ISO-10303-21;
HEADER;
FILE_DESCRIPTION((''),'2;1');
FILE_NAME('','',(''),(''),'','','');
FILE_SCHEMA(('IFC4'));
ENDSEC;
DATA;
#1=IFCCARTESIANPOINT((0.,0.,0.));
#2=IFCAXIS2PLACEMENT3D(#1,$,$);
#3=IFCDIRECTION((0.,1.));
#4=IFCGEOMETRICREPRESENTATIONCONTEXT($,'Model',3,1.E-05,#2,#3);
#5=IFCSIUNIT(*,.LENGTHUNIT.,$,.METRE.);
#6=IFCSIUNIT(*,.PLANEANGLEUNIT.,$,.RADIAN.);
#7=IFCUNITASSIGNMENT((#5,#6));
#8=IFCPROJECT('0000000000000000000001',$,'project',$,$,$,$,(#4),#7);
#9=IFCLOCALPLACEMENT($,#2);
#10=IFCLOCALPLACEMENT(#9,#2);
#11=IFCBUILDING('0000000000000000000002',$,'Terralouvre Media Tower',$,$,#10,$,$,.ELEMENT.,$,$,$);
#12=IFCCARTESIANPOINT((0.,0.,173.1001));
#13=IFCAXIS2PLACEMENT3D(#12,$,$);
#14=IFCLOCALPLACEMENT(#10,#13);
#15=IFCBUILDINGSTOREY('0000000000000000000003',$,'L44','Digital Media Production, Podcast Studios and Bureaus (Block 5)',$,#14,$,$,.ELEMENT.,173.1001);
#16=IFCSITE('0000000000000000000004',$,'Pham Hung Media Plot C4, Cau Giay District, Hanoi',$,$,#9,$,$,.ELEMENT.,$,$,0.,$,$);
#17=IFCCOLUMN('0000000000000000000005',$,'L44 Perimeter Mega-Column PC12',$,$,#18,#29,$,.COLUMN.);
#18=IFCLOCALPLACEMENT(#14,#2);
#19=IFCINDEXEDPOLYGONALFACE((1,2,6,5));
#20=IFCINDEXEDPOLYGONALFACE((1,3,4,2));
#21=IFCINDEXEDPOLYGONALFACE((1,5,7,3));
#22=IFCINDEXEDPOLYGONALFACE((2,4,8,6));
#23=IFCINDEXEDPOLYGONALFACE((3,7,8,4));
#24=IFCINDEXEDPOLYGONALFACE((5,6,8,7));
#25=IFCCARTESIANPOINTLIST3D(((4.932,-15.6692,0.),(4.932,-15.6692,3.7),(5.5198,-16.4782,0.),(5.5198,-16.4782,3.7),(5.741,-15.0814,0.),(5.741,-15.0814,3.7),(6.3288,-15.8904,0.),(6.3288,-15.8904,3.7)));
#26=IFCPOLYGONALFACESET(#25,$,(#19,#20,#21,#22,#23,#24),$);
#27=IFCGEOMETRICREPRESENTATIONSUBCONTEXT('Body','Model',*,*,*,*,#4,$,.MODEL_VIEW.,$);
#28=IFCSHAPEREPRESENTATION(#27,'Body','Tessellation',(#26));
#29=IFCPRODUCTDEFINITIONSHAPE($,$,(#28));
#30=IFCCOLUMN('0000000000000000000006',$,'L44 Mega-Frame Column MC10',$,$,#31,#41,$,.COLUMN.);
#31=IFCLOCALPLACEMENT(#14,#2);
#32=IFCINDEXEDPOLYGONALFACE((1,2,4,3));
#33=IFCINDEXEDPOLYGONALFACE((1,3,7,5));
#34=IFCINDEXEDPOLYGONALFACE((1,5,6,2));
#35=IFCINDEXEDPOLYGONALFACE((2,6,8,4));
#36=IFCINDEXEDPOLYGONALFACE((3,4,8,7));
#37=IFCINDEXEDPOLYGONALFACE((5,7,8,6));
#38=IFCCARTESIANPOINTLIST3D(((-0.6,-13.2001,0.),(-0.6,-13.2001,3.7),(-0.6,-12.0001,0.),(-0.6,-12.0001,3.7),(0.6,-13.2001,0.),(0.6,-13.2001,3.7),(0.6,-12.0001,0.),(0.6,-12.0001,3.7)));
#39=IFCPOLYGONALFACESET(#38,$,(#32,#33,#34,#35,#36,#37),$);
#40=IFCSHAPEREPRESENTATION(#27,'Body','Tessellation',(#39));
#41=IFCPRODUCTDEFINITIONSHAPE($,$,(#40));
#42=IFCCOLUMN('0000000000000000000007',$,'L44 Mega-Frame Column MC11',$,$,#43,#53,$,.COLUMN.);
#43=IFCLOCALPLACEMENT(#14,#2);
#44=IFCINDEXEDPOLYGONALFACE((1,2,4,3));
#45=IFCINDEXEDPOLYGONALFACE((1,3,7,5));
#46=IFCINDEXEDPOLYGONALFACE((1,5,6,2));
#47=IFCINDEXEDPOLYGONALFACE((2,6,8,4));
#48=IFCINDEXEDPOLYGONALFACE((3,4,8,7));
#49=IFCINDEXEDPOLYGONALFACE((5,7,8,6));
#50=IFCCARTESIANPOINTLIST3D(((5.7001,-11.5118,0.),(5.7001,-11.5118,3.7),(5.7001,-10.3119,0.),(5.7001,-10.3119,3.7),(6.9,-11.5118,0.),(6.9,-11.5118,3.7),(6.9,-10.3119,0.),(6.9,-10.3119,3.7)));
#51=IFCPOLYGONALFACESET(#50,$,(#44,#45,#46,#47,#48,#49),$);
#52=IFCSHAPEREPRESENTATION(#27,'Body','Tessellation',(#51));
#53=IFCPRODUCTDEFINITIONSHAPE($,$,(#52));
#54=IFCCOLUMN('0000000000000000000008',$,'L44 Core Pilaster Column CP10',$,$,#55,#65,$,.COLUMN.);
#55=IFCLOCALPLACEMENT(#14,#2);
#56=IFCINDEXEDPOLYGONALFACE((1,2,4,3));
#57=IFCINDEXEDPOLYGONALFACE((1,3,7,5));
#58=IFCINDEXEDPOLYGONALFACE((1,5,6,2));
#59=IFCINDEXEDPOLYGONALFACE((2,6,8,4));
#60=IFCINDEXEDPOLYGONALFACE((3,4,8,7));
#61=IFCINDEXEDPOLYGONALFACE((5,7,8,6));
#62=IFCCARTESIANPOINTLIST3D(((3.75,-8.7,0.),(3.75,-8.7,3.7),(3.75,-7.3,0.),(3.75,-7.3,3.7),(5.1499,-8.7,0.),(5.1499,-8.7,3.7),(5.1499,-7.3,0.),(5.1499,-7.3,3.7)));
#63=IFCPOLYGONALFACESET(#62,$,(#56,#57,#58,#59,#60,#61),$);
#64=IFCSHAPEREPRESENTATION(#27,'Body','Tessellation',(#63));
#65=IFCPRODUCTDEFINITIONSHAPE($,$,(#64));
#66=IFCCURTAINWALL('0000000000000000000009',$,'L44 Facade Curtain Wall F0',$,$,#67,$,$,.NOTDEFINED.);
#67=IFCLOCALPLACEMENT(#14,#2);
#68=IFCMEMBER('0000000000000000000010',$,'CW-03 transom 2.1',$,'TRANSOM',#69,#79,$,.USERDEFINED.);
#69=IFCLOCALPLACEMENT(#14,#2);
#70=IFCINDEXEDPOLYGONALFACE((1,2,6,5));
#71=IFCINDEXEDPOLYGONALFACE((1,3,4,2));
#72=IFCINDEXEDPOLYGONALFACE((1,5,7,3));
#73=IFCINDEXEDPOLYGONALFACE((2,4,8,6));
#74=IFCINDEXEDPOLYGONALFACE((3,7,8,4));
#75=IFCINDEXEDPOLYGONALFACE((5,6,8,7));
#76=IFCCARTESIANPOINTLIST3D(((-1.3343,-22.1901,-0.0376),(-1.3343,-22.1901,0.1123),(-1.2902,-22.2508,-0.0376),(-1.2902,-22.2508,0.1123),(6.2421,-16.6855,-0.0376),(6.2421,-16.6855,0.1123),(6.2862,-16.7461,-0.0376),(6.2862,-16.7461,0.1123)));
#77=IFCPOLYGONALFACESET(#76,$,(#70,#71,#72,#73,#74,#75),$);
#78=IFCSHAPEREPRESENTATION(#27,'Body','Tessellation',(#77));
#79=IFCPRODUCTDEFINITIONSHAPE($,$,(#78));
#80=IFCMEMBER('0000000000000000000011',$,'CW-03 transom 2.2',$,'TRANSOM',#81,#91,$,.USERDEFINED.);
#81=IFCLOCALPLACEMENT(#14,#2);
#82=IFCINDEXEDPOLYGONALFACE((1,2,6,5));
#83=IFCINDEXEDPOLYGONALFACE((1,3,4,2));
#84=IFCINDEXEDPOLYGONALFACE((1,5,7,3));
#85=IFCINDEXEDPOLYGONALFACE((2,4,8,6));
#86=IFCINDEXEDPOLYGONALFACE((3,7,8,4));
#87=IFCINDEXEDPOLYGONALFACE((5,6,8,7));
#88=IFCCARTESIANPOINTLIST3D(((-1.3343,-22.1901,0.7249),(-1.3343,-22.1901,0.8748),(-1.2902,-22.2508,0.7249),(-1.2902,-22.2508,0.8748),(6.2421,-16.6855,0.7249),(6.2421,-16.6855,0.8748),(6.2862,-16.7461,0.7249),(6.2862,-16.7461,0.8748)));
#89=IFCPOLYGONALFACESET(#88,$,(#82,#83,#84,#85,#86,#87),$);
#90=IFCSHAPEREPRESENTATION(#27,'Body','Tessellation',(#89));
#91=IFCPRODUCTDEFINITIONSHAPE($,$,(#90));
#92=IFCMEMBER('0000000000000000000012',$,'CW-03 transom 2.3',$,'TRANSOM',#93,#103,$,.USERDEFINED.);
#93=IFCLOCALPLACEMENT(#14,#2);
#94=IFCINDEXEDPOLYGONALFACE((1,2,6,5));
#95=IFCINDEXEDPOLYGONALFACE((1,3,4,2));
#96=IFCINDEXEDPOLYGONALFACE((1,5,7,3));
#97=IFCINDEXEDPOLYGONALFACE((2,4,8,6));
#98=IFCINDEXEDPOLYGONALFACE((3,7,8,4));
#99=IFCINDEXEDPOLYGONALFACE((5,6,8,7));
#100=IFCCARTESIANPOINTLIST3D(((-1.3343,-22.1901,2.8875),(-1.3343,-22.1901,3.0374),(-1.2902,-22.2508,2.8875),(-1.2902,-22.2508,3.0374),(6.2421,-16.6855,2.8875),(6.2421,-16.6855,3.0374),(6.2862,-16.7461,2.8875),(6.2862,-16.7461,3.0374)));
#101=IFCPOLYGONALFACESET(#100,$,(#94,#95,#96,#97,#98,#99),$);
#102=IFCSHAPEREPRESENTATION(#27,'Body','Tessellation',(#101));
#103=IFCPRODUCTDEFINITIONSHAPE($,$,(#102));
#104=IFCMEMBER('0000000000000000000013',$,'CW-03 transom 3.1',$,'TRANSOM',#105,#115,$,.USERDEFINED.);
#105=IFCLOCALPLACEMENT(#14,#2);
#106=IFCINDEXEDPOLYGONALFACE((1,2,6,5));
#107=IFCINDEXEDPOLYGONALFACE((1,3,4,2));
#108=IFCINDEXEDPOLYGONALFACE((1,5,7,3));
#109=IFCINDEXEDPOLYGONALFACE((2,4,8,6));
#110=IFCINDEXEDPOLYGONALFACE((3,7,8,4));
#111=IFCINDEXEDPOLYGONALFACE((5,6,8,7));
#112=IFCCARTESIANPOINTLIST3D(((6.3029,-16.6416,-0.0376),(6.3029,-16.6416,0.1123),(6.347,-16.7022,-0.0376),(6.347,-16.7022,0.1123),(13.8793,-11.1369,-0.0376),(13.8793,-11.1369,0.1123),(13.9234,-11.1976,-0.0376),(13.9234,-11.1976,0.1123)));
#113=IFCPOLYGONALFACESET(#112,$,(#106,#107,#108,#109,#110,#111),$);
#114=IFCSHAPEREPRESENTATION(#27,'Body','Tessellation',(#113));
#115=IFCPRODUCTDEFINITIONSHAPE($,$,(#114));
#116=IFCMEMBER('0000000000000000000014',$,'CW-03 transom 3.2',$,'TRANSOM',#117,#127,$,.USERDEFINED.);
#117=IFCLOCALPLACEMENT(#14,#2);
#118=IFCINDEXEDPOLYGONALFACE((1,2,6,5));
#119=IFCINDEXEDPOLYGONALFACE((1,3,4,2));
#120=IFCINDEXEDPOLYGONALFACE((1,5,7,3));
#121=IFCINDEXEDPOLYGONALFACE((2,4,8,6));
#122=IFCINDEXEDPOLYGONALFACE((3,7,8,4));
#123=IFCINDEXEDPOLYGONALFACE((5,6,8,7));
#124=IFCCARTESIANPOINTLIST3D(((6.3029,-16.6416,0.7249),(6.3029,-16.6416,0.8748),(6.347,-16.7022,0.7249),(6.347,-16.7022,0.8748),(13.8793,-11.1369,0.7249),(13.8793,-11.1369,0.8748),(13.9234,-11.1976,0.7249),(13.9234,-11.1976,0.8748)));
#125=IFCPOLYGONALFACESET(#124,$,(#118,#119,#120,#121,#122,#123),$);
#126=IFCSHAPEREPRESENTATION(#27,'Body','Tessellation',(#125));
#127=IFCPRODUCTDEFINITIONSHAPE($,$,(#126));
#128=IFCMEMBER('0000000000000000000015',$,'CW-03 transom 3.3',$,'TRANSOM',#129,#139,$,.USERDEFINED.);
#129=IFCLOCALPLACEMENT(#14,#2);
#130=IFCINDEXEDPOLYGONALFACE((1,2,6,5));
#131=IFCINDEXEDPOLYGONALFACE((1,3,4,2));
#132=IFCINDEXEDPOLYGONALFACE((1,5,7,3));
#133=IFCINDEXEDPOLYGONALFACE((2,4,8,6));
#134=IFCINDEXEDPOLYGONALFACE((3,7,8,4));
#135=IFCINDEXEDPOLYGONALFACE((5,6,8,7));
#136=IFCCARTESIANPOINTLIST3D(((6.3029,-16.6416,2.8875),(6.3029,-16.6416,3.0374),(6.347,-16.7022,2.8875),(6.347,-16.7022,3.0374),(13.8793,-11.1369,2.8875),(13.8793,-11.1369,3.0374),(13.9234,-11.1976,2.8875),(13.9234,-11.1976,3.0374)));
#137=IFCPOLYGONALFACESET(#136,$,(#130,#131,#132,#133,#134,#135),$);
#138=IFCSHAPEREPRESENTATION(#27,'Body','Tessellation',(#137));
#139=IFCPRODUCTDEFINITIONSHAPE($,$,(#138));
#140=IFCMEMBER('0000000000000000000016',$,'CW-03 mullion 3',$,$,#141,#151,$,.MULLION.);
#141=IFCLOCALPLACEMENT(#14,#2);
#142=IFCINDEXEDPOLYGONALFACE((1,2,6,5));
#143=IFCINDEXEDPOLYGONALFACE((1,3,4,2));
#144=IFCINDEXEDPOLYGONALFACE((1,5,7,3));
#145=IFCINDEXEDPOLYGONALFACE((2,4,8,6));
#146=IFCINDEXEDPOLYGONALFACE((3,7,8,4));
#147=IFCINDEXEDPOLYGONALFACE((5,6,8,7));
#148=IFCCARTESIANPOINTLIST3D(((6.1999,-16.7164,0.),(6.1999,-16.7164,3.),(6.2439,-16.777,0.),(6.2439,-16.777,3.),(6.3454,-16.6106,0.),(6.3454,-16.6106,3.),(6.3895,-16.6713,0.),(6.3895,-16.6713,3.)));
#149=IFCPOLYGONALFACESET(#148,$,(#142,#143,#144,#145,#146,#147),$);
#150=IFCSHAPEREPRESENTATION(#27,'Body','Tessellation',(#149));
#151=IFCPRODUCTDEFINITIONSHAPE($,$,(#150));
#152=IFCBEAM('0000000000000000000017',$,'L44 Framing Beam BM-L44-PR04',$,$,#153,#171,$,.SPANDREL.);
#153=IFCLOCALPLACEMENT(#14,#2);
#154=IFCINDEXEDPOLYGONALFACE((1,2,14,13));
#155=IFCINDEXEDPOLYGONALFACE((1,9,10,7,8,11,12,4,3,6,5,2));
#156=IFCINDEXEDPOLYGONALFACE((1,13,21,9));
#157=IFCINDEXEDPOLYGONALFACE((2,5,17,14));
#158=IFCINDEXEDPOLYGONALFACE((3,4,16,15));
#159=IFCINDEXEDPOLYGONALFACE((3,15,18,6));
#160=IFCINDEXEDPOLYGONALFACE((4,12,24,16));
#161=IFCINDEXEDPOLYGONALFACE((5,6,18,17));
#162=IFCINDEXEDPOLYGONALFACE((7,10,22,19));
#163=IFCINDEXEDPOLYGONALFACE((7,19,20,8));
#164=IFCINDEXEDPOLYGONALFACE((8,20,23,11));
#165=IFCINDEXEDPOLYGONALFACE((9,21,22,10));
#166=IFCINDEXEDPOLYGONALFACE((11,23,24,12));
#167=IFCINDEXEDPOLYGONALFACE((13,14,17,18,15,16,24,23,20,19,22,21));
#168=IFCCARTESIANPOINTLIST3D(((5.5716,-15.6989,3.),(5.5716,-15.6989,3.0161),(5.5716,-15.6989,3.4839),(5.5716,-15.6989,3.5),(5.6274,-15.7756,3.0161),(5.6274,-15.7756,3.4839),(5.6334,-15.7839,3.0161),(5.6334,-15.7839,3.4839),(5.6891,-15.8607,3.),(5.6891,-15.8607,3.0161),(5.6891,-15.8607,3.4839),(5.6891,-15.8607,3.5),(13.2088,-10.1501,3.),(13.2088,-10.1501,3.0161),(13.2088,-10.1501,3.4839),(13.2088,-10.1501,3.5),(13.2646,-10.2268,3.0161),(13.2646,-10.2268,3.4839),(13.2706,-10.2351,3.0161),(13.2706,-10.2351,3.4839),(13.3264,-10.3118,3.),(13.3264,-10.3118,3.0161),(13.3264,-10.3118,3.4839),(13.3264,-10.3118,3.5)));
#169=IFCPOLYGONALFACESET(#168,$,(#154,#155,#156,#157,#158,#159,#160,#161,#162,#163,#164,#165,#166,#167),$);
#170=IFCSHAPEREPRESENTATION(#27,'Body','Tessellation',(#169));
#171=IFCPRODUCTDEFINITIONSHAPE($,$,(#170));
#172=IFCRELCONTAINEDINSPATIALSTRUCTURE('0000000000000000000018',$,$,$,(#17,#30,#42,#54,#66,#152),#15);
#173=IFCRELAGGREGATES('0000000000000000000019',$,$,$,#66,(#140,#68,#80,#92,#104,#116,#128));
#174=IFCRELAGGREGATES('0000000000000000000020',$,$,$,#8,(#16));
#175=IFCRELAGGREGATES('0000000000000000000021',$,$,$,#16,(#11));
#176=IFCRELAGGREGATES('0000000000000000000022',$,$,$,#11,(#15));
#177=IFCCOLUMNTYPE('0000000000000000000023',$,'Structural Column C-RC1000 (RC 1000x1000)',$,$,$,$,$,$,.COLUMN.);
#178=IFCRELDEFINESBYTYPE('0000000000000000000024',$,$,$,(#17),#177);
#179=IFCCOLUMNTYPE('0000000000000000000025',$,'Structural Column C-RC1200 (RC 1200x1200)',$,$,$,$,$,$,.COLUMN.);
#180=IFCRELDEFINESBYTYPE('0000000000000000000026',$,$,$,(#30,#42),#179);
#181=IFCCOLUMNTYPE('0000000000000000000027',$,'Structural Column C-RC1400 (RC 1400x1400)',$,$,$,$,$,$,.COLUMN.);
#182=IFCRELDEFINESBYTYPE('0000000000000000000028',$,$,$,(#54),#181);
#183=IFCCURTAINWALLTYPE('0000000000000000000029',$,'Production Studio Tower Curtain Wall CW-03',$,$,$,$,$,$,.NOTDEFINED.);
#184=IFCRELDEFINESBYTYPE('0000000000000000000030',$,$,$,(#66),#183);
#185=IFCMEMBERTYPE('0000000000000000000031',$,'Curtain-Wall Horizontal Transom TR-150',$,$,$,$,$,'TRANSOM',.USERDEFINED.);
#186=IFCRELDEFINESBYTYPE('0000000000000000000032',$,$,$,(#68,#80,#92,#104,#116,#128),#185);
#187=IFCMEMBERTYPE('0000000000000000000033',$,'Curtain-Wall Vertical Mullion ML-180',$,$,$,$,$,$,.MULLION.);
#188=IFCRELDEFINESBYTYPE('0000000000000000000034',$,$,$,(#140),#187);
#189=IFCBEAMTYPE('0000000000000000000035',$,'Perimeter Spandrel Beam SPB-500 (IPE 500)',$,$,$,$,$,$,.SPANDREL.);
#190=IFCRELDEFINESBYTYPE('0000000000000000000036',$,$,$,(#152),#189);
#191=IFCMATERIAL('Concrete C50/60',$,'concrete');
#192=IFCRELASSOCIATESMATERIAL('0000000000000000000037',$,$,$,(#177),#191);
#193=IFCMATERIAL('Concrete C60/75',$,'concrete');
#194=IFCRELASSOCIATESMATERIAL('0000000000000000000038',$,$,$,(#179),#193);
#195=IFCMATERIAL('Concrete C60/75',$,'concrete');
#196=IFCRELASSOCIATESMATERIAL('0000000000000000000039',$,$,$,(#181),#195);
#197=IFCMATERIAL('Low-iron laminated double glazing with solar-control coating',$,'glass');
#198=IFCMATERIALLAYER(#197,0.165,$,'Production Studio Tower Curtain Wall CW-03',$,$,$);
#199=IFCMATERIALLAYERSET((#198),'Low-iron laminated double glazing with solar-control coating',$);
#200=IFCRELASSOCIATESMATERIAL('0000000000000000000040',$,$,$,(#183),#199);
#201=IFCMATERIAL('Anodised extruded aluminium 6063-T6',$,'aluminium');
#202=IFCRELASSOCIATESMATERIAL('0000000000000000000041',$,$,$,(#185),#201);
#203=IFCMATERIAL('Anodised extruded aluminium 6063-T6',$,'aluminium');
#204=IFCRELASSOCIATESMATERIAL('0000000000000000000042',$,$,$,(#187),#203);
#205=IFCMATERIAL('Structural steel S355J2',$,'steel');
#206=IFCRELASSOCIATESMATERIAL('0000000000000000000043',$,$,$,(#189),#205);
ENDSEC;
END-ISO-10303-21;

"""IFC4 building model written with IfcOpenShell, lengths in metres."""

from ifc_helpers import new_model, si_unit, direction, frame, origin, origin_2d, place, context, subcontext, project, spatial, rectangle, i_section, extrude, material, layer, layer_set, material_profile, profile_set, type_object, element, aggregate, save


model = new_model("IFC4")

# Units and contexts
model_context = context("Model", 3, precision=1e-05, world=origin(), true_north=direction((0.0, 1.0)))
body_context = subcontext(model_context, "Body", "Model", "MODEL_VIEW")
ifc_project = project(units=[si_unit("LENGTHUNIT", "METRE"), si_unit("PLANEANGLEUNIT", "RADIAN")], contexts=[model_context])

# Site, building, storey
site_placement = place(None, origin())
site = spatial("IfcSite", under=ifc_project, at=site_placement, Name="Pham Hung Media Plot C4, Cau Giay District, Hanoi", CompositionType="ELEMENT", RefElevation=0.0)
building_placement = place(site_placement, origin())
building = spatial("IfcBuilding", under=site, at=building_placement, Name="Terralouvre Media Tower", CompositionType="ELEMENT")
storey_placement = place(building_placement, frame((0.0, 0.0, 173.1001)))
storey = spatial("IfcBuildingStorey", under=building, at=storey_placement, Name="L44", Description="Digital Media Production, Podcast Studios and Bureaus (Block 5)", CompositionType="ELEMENT", Elevation=173.1001)

# Columns
ifc_material_1 = material(Name="Concrete C50/60", Category="concrete")
ifc_material_profile_1 = material_profile(ifc_material_1, rectangle(XDim=1.0, YDim=1.0, at=origin_2d()), Name="RC 1000x1000")
ifc_profile_set_1 = profile_set([ifc_material_profile_1], Name="Concrete C50/60")
column_type_1 = type_object("IfcColumnType", Name="Structural Column C-RC1000 (RC 1000x1000)", PredefinedType="COLUMN", material=ifc_profile_set_1)
column_1_placement = place(storey_placement, frame((5.6304, -15.7798, 0.0), z_axis=(0.0, 0.0, 1.0), x_axis=(0.809017, 0.587785, 0.0)))
element("IfcColumn", 1, at=column_1_placement, inside=storey, type_object=column_type_1, Name="L44 Perimeter Mega-Column PC12", PredefinedType="COLUMN", context=body_context, shape_type="SweptSolid", body=[
    extrude(rectangle(XDim=1.0, YDim=1.0, at=origin_2d()), origin(), (0.0, 0.0, 1.0), 3.7),
])
ifc_material_2 = material(Name="Concrete C60/75", Category="concrete")
ifc_material_profile_2 = material_profile(ifc_material_2, rectangle(XDim=1.2, YDim=1.2, at=origin_2d()), Name="RC 1200x1200")
ifc_profile_set_2 = profile_set([ifc_material_profile_2], Name="Concrete C60/75")
column_type_2 = type_object("IfcColumnType", Name="Structural Column C-RC1200 (RC 1200x1200)", PredefinedType="COLUMN", material=ifc_profile_set_2)
for number, where, z_axis, x_axis, name in (
    (2, (0.0, -12.6001, 0.0), (0.0, 0.0, 1.0), (1.0, 0.0, 0.0), "L44 Mega-Frame Column MC10"),
    (3, (6.3, -10.9119, 0.0), (0.0, 0.0, 1.0), (1.0, 0.0, 0.0), "L44 Mega-Frame Column MC11"),
):
    element("IfcColumn", number, at=place(storey_placement, frame(where, z_axis=z_axis, x_axis=x_axis)), inside=storey, type_object=column_type_2, Name=name, PredefinedType="COLUMN", context=body_context, shape_type="SweptSolid", body=[
        extrude(rectangle(XDim=1.2, YDim=1.2, at=origin_2d()), origin(), (0.0, 0.0, 1.0), 3.7),
    ])
ifc_material_3 = material(Name="Concrete C60/75", Category="concrete")
ifc_material_profile_3 = material_profile(ifc_material_3, rectangle(XDim=1.3999, YDim=1.3999, at=origin_2d()), Name="RC 1400x1400")
ifc_profile_set_3 = profile_set([ifc_material_profile_3], Name="Concrete C60/75")
column_type_3 = type_object("IfcColumnType", Name="Structural Column C-RC1400 (RC 1400x1400)", PredefinedType="COLUMN", material=ifc_profile_set_3)
column_2_placement = place(storey_placement, frame((4.45, -8.0, 0.0), z_axis=(0.0, 0.0, 1.0), x_axis=(1.0, 0.0, 0.0)))
element("IfcColumn", 4, at=column_2_placement, inside=storey, type_object=column_type_3, Name="L44 Core Pilaster Column CP10", PredefinedType="COLUMN", context=body_context, shape_type="SweptSolid", body=[
    extrude(rectangle(XDim=1.3999, YDim=1.3999, at=origin_2d()), origin(), (0.0, 0.0, 1.0), 3.7),
])

# Curtain wall, members
ifc_material_4 = material(Name="Low-iron laminated double glazing with solar-control coating", Category="glass")
ifc_layer_1 = layer(ifc_material_4, 0.165, Name="Production Studio Tower Curtain Wall CW-03")
ifc_layer_set_1 = layer_set([ifc_layer_1], Name="Low-iron laminated double glazing with solar-control coating")
curtain_wall_type = type_object("IfcCurtainWallType", Name="Production Studio Tower Curtain Wall CW-03", PredefinedType="NOTDEFINED", material=ifc_layer_set_1)
curtain_wall_placement = place(storey_placement, origin())
curtain_wall = element("IfcCurtainWall", 5, at=curtain_wall_placement, inside=storey, type_object=curtain_wall_type, Name="L44 Facade Curtain Wall F0", PredefinedType="NOTDEFINED")
ifc_material_5 = material(Name="Anodised extruded aluminium 6063-T6", Category="aluminium")
ifc_material_profile_4 = material_profile(ifc_material_5, rectangle(XDim=0.075, YDim=0.1499, at=origin_2d()), Name="ALU 75x150")
ifc_profile_set_4 = profile_set([ifc_material_profile_4], Name="Anodised extruded aluminium 6063-T6")
member_type_1 = type_object("IfcMemberType", Name="Curtain-Wall Horizontal Transom TR-150", ElementType="TRANSOM", PredefinedType="USERDEFINED", material=ifc_profile_set_4)
member_1_placement = place(storey_placement, frame((-1.3123, -22.2205, 0.0374), z_axis=(0.809014, 0.587789, 0.0), x_axis=(-0.587789, 0.809014, 0.0)))
member_1 = element("IfcMember", 6, at=member_1_placement, type_object=member_type_1, Name="CW-03 transom 2.1", ObjectType="TRANSOM", PredefinedType="USERDEFINED", context=body_context, shape_type="SweptSolid", body=[
    extrude(rectangle(XDim=0.075, YDim=0.1499, at=origin_2d()), origin(), (0.0, 0.0, 1.0), 9.365),
])
member_2_placement = place(storey_placement, frame((-1.3123, -22.2205, 0.7998), z_axis=(0.809014, 0.587789, 0.0), x_axis=(-0.587789, 0.809014, 0.0)))
member_2 = element("IfcMember", 7, at=member_2_placement, type_object=member_type_1, Name="CW-03 transom 2.2", ObjectType="TRANSOM", PredefinedType="USERDEFINED", context=body_context, shape_type="SweptSolid", body=[
    extrude(rectangle(XDim=0.075, YDim=0.1499, at=origin_2d()), origin(), (0.0, 0.0, 1.0), 9.365),
])
member_3_placement = place(storey_placement, frame((-1.3123, -22.2205, 2.9624), z_axis=(0.809014, 0.587789, 0.0), x_axis=(-0.587789, 0.809014, 0.0)))
member_3 = element("IfcMember", 8, at=member_3_placement, type_object=member_type_1, Name="CW-03 transom 2.3", ObjectType="TRANSOM", PredefinedType="USERDEFINED", context=body_context, shape_type="SweptSolid", body=[
    extrude(rectangle(XDim=0.075, YDim=0.1499, at=origin_2d()), origin(), (0.0, 0.0, 1.0), 9.365),
])
member_4_placement = place(storey_placement, frame((6.325, -16.6719, 0.0374), z_axis=(0.809014, 0.587789, 0.0), x_axis=(-0.587789, 0.809014, 0.0)))
member_4 = element("IfcMember", 9, at=member_4_placement, type_object=member_type_1, Name="CW-03 transom 3.1", ObjectType="TRANSOM", PredefinedType="USERDEFINED", context=body_context, shape_type="SweptSolid", body=[
    extrude(rectangle(XDim=0.075, YDim=0.1499, at=origin_2d()), origin(), (0.0, 0.0, 1.0), 9.365),
])
member_5_placement = place(storey_placement, frame((6.325, -16.6719, 0.7998), z_axis=(0.809014, 0.587789, 0.0), x_axis=(-0.587789, 0.809014, 0.0)))
member_5 = element("IfcMember", 10, at=member_5_placement, type_object=member_type_1, Name="CW-03 transom 3.2", ObjectType="TRANSOM", PredefinedType="USERDEFINED", context=body_context, shape_type="SweptSolid", body=[
    extrude(rectangle(XDim=0.075, YDim=0.1499, at=origin_2d()), origin(), (0.0, 0.0, 1.0), 9.365),
])
member_6_placement = place(storey_placement, frame((6.325, -16.6719, 2.9624), z_axis=(0.809014, 0.587789, 0.0), x_axis=(-0.587789, 0.809014, 0.0)))
member_6 = element("IfcMember", 11, at=member_6_placement, type_object=member_type_1, Name="CW-03 transom 3.3", ObjectType="TRANSOM", PredefinedType="USERDEFINED", context=body_context, shape_type="SweptSolid", body=[
    extrude(rectangle(XDim=0.075, YDim=0.1499, at=origin_2d()), origin(), (0.0, 0.0, 1.0), 9.365),
])
ifc_material_6 = material(Name="Anodised extruded aluminium 6063-T6", Category="aluminium")
ifc_material_profile_5 = material_profile(ifc_material_6, rectangle(XDim=0.075, YDim=0.1799, at=origin_2d()), Name="ALU 75x180")
ifc_profile_set_5 = profile_set([ifc_material_profile_5], Name="Anodised extruded aluminium 6063-T6")
member_type_2 = type_object("IfcMemberType", Name="Curtain-Wall Vertical Mullion ML-180", PredefinedType="MULLION", material=ifc_profile_set_5)
member_7_placement = place(storey_placement, frame((6.2947, -16.6938, 0.0), z_axis=(0.0, 0.0, 1.0), x_axis=(-0.587785, 0.809017, 0.0)))
member_7 = element("IfcMember", 12, at=member_7_placement, type_object=member_type_2, Name="CW-03 mullion 3", PredefinedType="MULLION", context=body_context, shape_type="SweptSolid", body=[
    extrude(rectangle(XDim=0.075, YDim=0.1799, at=origin_2d()), origin(), (0.0, 0.0, 1.0), 3.0),
])

# Beam
ifc_material_7 = material(Name="Structural steel S355J2", Category="steel")
ifc_material_profile_6 = material_profile(ifc_material_7, i_section(OverallWidth=0.2, OverallDepth=0.5, WebThickness=0.0103, FlangeThickness=0.0161, at=origin_2d()), Name="IPE 500")
ifc_profile_set_6 = profile_set([ifc_material_profile_6], Name="Structural steel S355J2")
beam_type_1 = type_object("IfcBeamType", Name="Perimeter Spandrel Beam SPB-500 (IPE 500)", PredefinedType="SPANDREL", material=ifc_profile_set_6)
beam_1_placement = place(storey_placement, frame((5.6304, -15.7798, 3.25), z_axis=(0.809013, 0.58779, 0.0), x_axis=(-0.58779, 0.809013, 0.0)))
element("IfcBeam", 13, at=beam_1_placement, inside=storey, type_object=beam_type_1, Name="L44 Framing Beam BM-L44-PR04", PredefinedType="SPANDREL", context=body_context, shape_type="SweptSolid", body=[
    extrude(i_section(OverallWidth=0.2, OverallDepth=0.5, WebThickness=0.0103, FlangeThickness=0.0161, at=origin_2d()), origin(), (0.0, 0.0, 1.0), 9.4402),
])

aggregate(curtain_wall, [member_7, member_1, member_2, member_3, member_4, member_5, member_6])

save(model, "model.ifc")
